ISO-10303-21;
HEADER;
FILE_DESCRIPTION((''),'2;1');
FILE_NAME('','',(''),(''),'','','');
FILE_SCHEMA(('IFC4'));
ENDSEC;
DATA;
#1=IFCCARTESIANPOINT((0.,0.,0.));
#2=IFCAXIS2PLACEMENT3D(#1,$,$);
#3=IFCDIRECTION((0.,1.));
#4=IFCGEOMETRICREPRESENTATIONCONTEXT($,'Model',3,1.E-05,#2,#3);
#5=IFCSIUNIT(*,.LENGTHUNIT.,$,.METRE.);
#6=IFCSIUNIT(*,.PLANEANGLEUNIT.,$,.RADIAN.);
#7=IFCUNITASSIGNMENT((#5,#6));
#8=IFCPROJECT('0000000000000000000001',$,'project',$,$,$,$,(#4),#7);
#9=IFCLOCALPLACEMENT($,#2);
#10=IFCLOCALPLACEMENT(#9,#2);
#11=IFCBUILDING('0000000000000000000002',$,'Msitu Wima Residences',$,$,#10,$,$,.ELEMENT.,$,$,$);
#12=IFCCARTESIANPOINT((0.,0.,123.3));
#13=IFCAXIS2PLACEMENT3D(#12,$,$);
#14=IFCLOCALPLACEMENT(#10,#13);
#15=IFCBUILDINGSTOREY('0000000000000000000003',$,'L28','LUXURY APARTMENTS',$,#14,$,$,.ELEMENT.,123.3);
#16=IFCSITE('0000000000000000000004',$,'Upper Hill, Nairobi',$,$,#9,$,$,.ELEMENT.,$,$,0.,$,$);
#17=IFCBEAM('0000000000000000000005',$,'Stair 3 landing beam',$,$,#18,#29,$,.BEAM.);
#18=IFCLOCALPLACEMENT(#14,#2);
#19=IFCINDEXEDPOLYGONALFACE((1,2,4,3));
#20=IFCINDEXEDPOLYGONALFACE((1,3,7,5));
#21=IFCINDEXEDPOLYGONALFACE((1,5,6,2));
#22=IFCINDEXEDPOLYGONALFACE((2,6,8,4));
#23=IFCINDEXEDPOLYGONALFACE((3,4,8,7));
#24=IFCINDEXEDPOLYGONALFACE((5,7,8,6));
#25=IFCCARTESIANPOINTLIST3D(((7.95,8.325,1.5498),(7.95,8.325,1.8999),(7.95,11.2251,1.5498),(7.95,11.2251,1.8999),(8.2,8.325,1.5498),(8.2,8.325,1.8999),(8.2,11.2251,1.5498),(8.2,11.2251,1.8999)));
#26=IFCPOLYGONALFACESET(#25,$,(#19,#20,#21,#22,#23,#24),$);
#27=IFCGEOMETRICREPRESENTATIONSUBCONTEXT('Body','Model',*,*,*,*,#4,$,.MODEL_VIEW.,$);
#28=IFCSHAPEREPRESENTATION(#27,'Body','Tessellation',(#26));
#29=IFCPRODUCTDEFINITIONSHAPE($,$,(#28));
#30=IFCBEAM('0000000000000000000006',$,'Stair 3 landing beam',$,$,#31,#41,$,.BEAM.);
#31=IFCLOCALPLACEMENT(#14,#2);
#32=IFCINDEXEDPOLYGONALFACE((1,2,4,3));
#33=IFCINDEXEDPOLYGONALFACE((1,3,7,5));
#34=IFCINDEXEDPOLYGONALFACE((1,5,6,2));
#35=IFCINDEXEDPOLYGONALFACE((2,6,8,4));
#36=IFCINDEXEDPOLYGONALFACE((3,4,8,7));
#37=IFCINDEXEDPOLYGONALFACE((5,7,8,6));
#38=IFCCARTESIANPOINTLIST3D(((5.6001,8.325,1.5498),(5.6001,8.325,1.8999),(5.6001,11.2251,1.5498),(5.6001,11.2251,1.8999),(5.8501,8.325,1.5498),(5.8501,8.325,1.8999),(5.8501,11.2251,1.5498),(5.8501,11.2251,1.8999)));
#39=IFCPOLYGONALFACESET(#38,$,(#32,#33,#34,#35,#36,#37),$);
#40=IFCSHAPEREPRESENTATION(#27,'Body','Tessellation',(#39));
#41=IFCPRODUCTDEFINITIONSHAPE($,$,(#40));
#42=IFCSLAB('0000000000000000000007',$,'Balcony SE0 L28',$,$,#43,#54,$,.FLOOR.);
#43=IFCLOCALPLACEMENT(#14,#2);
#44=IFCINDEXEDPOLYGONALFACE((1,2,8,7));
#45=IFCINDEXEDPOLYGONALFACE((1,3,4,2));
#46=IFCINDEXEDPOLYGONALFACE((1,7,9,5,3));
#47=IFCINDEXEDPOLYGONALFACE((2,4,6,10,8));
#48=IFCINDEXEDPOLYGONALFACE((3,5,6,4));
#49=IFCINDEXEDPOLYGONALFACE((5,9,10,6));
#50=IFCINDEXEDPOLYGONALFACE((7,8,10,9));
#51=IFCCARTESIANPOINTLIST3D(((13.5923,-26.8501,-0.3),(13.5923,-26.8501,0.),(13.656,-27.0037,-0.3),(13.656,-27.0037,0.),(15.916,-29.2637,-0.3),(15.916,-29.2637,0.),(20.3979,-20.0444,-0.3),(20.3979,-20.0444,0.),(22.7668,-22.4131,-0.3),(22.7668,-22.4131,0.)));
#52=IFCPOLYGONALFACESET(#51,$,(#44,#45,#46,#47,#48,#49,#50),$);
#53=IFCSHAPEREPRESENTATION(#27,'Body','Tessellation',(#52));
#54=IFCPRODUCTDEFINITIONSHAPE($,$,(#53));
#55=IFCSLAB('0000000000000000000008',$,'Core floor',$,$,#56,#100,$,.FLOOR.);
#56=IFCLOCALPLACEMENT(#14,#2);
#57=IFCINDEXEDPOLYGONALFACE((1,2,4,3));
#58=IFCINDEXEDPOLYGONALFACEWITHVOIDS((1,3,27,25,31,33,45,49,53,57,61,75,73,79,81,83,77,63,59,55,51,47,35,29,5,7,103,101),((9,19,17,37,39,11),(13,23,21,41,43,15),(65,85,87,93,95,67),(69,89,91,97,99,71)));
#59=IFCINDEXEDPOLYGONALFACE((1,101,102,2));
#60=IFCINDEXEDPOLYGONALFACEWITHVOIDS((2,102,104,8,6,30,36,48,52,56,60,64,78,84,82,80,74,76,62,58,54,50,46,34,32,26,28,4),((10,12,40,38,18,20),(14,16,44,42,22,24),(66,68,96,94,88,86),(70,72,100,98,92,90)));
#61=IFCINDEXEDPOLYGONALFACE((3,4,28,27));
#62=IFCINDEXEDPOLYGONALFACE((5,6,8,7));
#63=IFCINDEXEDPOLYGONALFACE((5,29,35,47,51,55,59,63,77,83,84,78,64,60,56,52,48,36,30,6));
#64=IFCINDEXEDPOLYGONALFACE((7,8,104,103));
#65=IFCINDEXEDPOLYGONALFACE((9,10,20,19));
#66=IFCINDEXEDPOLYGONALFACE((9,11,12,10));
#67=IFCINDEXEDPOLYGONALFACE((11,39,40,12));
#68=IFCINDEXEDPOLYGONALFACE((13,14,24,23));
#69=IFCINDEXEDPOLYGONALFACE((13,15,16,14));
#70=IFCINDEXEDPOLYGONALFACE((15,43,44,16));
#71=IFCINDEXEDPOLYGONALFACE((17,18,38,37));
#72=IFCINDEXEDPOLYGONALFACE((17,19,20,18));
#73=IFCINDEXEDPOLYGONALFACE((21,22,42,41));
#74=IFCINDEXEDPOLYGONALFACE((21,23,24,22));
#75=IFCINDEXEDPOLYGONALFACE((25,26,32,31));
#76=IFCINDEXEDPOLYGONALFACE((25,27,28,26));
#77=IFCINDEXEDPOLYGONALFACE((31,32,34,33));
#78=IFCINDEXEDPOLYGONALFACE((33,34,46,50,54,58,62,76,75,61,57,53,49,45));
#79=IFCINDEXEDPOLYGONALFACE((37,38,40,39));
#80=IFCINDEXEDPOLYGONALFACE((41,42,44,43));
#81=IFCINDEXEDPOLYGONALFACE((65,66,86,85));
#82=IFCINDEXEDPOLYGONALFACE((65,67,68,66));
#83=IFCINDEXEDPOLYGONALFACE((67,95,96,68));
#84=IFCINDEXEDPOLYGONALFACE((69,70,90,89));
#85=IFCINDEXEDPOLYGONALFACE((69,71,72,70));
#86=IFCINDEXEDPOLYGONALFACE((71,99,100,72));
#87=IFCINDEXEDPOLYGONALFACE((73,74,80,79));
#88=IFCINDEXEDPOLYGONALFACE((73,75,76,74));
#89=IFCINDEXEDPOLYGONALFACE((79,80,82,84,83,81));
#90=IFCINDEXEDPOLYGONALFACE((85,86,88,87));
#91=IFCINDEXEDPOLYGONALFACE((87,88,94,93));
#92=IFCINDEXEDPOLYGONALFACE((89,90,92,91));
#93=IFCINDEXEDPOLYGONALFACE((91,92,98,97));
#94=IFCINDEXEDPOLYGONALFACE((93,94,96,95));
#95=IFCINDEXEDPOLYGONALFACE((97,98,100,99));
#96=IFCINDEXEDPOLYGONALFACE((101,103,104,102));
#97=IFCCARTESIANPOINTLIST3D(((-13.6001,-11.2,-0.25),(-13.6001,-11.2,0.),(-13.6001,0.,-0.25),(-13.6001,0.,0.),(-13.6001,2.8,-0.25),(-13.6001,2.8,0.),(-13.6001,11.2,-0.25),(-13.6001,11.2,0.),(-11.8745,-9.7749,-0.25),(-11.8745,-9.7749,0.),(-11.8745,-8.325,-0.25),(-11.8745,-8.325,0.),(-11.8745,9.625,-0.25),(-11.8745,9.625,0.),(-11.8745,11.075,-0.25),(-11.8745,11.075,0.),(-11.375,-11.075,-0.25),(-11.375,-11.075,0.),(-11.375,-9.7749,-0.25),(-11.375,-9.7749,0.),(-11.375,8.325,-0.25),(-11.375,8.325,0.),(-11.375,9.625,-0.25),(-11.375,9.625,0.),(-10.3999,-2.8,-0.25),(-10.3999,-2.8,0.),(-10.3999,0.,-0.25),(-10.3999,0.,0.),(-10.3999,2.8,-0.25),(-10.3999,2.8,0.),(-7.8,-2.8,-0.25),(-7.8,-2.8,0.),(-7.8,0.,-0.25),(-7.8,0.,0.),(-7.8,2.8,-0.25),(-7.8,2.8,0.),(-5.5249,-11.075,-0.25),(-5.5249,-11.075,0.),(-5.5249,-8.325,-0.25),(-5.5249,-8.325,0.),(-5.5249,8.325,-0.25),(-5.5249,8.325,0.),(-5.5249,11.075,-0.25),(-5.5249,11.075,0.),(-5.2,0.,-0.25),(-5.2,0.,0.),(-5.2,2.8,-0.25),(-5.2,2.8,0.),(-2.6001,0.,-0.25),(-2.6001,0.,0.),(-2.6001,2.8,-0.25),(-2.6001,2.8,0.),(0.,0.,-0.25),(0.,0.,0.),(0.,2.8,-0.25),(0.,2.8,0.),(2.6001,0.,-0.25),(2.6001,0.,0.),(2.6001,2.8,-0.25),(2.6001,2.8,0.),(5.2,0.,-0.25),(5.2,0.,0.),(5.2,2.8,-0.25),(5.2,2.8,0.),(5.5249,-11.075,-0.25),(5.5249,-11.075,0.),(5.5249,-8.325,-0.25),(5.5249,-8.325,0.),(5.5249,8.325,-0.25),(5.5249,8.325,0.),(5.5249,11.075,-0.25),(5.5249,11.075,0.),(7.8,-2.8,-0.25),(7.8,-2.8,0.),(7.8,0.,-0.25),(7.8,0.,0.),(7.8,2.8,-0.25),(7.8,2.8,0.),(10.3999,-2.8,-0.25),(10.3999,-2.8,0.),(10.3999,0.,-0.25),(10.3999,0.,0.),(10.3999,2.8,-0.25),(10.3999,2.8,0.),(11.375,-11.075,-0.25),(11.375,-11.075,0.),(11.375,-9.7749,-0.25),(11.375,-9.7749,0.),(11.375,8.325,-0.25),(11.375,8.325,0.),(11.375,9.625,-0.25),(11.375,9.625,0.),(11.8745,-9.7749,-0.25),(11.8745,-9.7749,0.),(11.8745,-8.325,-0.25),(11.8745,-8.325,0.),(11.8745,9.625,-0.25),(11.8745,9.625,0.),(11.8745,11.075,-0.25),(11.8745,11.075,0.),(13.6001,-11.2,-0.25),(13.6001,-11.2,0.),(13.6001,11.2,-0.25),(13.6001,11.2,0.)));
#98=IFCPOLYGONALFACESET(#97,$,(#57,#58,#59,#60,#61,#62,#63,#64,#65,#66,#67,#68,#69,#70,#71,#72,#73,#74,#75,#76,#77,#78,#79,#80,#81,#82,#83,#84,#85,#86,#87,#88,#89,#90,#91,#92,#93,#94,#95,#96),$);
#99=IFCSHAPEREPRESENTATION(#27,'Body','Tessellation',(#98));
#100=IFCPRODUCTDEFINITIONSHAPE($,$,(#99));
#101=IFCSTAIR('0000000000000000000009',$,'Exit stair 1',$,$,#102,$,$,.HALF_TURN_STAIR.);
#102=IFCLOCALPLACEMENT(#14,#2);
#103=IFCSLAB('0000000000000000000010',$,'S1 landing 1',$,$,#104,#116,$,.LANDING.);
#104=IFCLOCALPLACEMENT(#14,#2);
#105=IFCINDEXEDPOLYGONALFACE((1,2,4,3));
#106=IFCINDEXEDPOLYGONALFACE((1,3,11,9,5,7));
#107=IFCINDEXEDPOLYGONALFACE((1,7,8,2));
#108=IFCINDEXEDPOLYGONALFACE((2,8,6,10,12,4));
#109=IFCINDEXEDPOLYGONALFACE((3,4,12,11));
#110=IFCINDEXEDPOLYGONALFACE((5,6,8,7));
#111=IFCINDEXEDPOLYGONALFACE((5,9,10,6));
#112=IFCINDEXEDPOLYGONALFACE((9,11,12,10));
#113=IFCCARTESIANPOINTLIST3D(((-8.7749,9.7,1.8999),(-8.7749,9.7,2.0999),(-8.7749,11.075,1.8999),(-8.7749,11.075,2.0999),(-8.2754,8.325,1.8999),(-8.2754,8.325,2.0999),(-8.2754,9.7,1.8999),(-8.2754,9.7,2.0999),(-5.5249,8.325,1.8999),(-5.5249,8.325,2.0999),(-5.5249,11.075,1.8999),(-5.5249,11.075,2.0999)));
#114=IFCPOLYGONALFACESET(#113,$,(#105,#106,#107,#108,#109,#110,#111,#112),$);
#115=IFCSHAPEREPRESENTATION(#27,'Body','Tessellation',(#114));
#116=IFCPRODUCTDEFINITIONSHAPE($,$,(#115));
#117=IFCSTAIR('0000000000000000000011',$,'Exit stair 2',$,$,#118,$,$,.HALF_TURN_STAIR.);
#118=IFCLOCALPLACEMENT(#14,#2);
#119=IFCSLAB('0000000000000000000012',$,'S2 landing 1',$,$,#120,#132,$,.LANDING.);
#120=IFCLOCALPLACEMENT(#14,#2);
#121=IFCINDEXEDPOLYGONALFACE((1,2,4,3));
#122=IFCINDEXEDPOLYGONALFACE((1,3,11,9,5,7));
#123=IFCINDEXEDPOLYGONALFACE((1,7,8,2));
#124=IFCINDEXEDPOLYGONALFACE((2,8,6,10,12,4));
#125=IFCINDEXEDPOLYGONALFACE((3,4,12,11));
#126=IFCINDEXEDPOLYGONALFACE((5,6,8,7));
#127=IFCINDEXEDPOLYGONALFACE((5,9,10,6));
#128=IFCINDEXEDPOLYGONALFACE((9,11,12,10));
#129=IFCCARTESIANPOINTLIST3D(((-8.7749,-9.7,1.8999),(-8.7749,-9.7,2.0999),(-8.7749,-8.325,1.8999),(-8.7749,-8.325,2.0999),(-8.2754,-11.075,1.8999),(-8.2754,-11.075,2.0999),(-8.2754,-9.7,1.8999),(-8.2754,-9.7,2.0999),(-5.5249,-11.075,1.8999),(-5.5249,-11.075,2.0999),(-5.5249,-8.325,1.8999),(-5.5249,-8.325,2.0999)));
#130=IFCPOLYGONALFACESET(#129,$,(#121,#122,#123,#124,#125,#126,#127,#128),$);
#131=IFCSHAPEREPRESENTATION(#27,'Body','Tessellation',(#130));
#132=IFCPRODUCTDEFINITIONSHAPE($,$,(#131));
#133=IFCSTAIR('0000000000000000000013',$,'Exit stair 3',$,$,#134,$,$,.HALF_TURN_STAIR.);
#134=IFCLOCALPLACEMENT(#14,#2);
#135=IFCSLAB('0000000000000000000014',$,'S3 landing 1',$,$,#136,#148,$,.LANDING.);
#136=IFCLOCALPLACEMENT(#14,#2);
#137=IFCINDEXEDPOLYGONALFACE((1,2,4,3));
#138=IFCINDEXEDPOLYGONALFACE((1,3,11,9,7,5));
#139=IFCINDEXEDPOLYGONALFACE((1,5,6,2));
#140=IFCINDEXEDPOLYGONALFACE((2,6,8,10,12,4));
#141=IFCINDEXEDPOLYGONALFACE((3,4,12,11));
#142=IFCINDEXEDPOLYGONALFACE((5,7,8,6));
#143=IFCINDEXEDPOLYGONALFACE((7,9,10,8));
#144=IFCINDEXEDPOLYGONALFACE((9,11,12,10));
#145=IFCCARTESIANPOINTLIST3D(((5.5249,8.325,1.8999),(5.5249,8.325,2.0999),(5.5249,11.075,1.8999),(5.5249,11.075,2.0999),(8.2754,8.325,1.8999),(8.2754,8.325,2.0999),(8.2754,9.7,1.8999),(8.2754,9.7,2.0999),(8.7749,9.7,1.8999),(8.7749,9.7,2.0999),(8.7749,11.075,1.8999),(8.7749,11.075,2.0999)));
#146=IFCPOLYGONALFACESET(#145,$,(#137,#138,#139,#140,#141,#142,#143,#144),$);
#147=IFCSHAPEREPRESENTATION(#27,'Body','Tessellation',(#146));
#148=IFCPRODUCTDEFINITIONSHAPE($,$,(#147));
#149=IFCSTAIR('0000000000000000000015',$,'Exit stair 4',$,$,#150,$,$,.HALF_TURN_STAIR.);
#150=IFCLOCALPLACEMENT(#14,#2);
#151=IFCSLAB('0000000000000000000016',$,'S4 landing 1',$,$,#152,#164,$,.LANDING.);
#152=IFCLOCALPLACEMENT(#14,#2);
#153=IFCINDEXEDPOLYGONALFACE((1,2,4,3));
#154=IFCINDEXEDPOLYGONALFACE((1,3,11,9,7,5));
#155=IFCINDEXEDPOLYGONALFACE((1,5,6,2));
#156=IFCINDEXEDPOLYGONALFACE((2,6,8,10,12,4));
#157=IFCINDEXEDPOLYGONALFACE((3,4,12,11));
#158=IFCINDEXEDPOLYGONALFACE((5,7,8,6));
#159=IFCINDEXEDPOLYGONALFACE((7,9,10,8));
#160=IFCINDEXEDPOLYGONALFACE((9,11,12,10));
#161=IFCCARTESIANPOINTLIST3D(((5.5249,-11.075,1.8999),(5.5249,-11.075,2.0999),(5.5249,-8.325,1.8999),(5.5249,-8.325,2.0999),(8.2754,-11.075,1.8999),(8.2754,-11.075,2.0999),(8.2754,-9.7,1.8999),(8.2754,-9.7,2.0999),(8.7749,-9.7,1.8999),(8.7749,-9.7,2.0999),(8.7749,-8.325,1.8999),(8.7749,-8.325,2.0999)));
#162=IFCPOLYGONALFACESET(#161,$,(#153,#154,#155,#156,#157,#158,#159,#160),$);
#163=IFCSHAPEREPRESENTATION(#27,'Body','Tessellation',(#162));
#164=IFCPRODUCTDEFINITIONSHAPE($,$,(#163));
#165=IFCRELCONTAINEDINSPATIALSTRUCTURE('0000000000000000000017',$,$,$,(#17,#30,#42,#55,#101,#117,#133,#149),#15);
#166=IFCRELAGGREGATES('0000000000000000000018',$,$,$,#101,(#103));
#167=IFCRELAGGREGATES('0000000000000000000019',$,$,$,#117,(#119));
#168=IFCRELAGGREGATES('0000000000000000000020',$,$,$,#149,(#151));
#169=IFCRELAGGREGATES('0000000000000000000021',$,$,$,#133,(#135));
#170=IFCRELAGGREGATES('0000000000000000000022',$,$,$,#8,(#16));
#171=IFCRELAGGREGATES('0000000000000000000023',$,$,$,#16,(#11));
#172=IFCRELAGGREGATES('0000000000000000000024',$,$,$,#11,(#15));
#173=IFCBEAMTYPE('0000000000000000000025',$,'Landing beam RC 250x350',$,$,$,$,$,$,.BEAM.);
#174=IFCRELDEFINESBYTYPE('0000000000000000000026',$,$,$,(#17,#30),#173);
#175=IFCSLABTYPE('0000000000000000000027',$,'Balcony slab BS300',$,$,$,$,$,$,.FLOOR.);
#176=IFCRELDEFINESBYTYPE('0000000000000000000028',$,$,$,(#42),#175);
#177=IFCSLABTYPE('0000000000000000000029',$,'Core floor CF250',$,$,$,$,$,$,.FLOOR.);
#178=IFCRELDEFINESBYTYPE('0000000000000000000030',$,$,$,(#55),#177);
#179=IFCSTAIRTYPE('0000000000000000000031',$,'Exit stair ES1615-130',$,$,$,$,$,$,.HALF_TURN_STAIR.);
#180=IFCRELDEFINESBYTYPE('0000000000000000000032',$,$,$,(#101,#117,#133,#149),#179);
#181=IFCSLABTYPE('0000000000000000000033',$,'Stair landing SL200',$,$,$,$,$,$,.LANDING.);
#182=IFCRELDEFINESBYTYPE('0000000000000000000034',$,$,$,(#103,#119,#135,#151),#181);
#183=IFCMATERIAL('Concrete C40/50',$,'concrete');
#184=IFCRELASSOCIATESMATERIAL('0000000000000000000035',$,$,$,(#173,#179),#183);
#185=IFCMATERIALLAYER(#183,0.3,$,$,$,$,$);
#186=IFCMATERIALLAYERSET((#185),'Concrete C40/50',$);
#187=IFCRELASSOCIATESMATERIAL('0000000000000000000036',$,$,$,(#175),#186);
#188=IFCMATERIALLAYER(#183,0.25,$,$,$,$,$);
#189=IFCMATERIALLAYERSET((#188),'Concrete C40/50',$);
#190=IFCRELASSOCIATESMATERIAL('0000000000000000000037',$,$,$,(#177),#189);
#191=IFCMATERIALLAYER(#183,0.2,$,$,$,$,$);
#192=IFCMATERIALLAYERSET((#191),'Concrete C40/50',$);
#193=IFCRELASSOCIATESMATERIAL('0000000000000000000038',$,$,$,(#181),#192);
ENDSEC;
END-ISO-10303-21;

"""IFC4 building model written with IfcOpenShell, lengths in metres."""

from ifc_helpers import new_model, si_unit, direction, frame, origin, origin_2d, place, context, subcontext, project, spatial, polyline, rectangle, outline, extrude, material, layer, layer_set, material_profile, profile_set, type_object, element, aggregate, save


model = new_model("IFC4")

# Units and contexts
model_context = context("Model", 3, precision=1e-05, world=origin(), true_north=direction((0.0, 1.0)))
body_context = subcontext(model_context, "Body", "Model", "MODEL_VIEW")
ifc_project = project(units=[si_unit("LENGTHUNIT", "METRE"), si_unit("PLANEANGLEUNIT", "RADIAN")], contexts=[model_context])

# Site, building, storey
site_placement = place(None, origin())
site = spatial("IfcSite", under=ifc_project, at=site_placement, Name="Upper Hill, Nairobi", CompositionType="ELEMENT", RefElevation=0.0)
building_placement = place(site_placement, origin())
building = spatial("IfcBuilding", under=site, at=building_placement, Name="Msitu Wima Residences", CompositionType="ELEMENT")
storey_placement = place(building_placement, frame((0.0, 0.0, 123.3)))
storey = spatial("IfcBuildingStorey", under=building, at=storey_placement, Name="L28", Description="LUXURY APARTMENTS", CompositionType="ELEMENT", Elevation=123.3)

# Beams
ifc_material_1 = material(Name="Concrete C40/50", Category="concrete")
ifc_material_profile = material_profile(ifc_material_1, rectangle(XDim=0.25, YDim=0.3501, at=origin_2d()), Name="RC 250x350")
ifc_profile_set = profile_set([ifc_material_profile], Name="Concrete C40/50")
beam_type = type_object("IfcBeamType", Name="Landing beam RC 250x350", PredefinedType="BEAM", material=ifc_profile_set)
for number, where, z_axis, x_axis, name in (
    (1, (8.075, 8.325, 1.7249), (0.0, 1.0, 0.0), (-1.0, 0.0, 0.0), "Stair 3 landing beam"),
    (2, (5.7251, 8.325, 1.7249), (0.0, 1.0, 0.0), (-1.0, 0.0, 0.0), "Stair 3 landing beam"),
):
    element("IfcBeam", number, at=place(storey_placement, frame(where, z_axis=z_axis, x_axis=x_axis)), inside=storey, type_object=beam_type, Name=name, PredefinedType="BEAM", context=body_context, shape_type="SweptSolid", body=[
        extrude(rectangle(XDim=0.25, YDim=0.3501, at=origin_2d()), origin(), (0.0, 0.0, 1.0), 2.9001),
    ])

# Slabs
ifc_layer_1 = layer(ifc_material_1, 0.3)
ifc_layer_set_1 = layer_set([ifc_layer_1], Name="Concrete C40/50")
slab_type_1 = type_object("IfcSlabType", Name="Balcony slab BS300", PredefinedType="FLOOR", material=ifc_layer_set_1)
slab_1_placement = place(storey_placement, frame((0.0, 0.0, -0.3)))
element("IfcSlab", 3, at=slab_1_placement, inside=storey, type_object=slab_type_1, Name="Balcony SE0 L28", PredefinedType="FLOOR", context=body_context, shape_type="SweptSolid", body=[
    extrude(outline(polyline([(22.7668, -22.4131), (15.916, -29.2637), (13.656, -27.0037), (13.5923, -26.8501), (20.3979, -20.0444), (22.7668, -22.4131)])), origin(), (0.0, 0.0, 1.0), 0.3),
])
ifc_layer_2 = layer(ifc_material_1, 0.25)
ifc_layer_set_2 = layer_set([ifc_layer_2], Name="Concrete C40/50")
slab_type_2 = type_object("IfcSlabType", Name="Core floor CF250", PredefinedType="FLOOR", material=ifc_layer_set_2)
slab_2_placement = place(storey_placement, frame((0.0, 0.0, -0.25)))
element("IfcSlab", 4, at=slab_2_placement, inside=storey, type_object=slab_type_2, Name="Core floor", PredefinedType="FLOOR", context=body_context, shape_type="SweptSolid", body=[
    extrude(outline(polyline([(-13.6001, 11.2), (-13.6001, 2.8), (-10.3999, 2.8), (-7.8, 2.8), (-5.2, 2.8), (-2.6001, 2.8), (0.0, 2.8), (2.6001, 2.8), (5.2, 2.8), (7.8, 2.8), (10.3999, 2.8), (10.3999, 0.0), (10.3999, -2.8), (7.8, -2.8), (7.8, 0.0), (5.2, 0.0), (2.6001, 0.0), (0.0, 0.0), (-2.6001, 0.0), (-5.2, 0.0), (-7.8, 0.0), (-7.8, -2.8), (-10.3999, -2.8), (-10.3999, 0.0), (-13.6001, 0.0), (-13.6001, -11.2), (13.6001, -11.2), (13.6001, 11.2), (-13.6001, 11.2)]), holes=[polyline([(-11.375, -11.075), (-11.375, -9.7749), (-11.8745, -9.7749), (-11.8745, -8.325), (-5.5249, -8.325), (-5.5249, -11.075), (-11.375, -11.075)]), polyline([(-11.375, 9.625), (-11.8745, 9.625), (-11.8745, 11.075), (-5.5249, 11.075), (-5.5249, 8.325), (-11.375, 8.325), (-11.375, 9.625)]), polyline([(11.375, -9.7749), (11.375, -11.075), (5.5249, -11.075), (5.5249, -8.325), (11.8745, -8.325), (11.8745, -9.7749), (11.375, -9.7749)]), polyline([(11.375, 9.625), (11.375, 8.325), (5.5249, 8.325), (5.5249, 11.075), (11.8745, 11.075), (11.8745, 9.625), (11.375, 9.625)])]), origin(), (0.0, 0.0, 1.0), 0.25),
])

# Stairs, slabs
stair_type = type_object("IfcStairType", Name="Exit stair ES1615-130", PredefinedType="HALF_TURN_STAIR", material=ifc_material_1)
stair_1_placement = place(storey_placement, origin())
stair_1 = element("IfcStair", 5, at=stair_1_placement, inside=storey, type_object=stair_type, Name="Exit stair 1", PredefinedType="HALF_TURN_STAIR")
ifc_layer_3 = layer(ifc_material_1, 0.2)
ifc_layer_set_3 = layer_set([ifc_layer_3], Name="Concrete C40/50")
slab_type_3 = type_object("IfcSlabType", Name="Stair landing SL200", PredefinedType="LANDING", material=ifc_layer_set_3)
slab_3_placement = place(storey_placement, frame((0.0, 0.0, 1.8999)))
slab_3 = element("IfcSlab", 6, at=slab_3_placement, type_object=slab_type_3, Name="S1 landing 1", PredefinedType="LANDING", context=body_context, shape_type="SweptSolid", body=[
    extrude(outline(polyline([(-5.5249, 8.325), (-8.2754, 8.325), (-8.2754, 9.7), (-8.7749, 9.7), (-8.7749, 11.075), (-5.5249, 11.075), (-5.5249, 8.325)])), origin(), (0.0, 0.0, 1.0), 0.2),
])
aggregate(stair_1, [slab_3])
stair_2_placement = place(storey_placement, origin())
stair_2 = element("IfcStair", 7, at=stair_2_placement, inside=storey, type_object=stair_type, Name="Exit stair 2", PredefinedType="HALF_TURN_STAIR")
slab_4_placement = place(storey_placement, frame((0.0, 0.0, 1.8999)))
slab_4 = element("IfcSlab", 8, at=slab_4_placement, type_object=slab_type_3, Name="S2 landing 1", PredefinedType="LANDING", context=body_context, shape_type="SweptSolid", body=[
    extrude(outline(polyline([(-5.5249, -11.075), (-8.2754, -11.075), (-8.2754, -9.7), (-8.7749, -9.7), (-8.7749, -8.325), (-5.5249, -8.325), (-5.5249, -11.075)])), origin(), (0.0, 0.0, 1.0), 0.2),
])
aggregate(stair_2, [slab_4])
stair_3_placement = place(storey_placement, origin())
stair_3 = element("IfcStair", 9, at=stair_3_placement, inside=storey, type_object=stair_type, Name="Exit stair 3", PredefinedType="HALF_TURN_STAIR")
slab_5_placement = place(storey_placement, frame((0.0, 0.0, 1.8999)))
slab_5 = element("IfcSlab", 10, at=slab_5_placement, type_object=slab_type_3, Name="S3 landing 1", PredefinedType="LANDING", context=body_context, shape_type="SweptSolid", body=[
    extrude(outline(polyline([(5.5249, 8.325), (8.2754, 8.325), (8.2754, 9.7), (8.7749, 9.7), (8.7749, 11.075), (5.5249, 11.075), (5.5249, 8.325)])), origin(), (0.0, 0.0, 1.0), 0.2),
])
stair_4_placement = place(storey_placement, origin())
stair_4 = element("IfcStair", 11, at=stair_4_placement, inside=storey, type_object=stair_type, Name="Exit stair 4", PredefinedType="HALF_TURN_STAIR")
slab_6_placement = place(storey_placement, frame((0.0, 0.0, 1.8999)))
slab_6 = element("IfcSlab", 12, at=slab_6_placement, type_object=slab_type_3, Name="S4 landing 1", PredefinedType="LANDING", context=body_context, shape_type="SweptSolid", body=[
    extrude(outline(polyline([(5.5249, -11.075), (8.2754, -11.075), (8.2754, -9.7), (8.7749, -9.7), (8.7749, -8.325), (5.5249, -8.325), (5.5249, -11.075)])), origin(), (0.0, 0.0, 1.0), 0.2),
])
aggregate(stair_4, [slab_6])

aggregate(stair_3, [slab_5])

save(model, "model.ifc")
